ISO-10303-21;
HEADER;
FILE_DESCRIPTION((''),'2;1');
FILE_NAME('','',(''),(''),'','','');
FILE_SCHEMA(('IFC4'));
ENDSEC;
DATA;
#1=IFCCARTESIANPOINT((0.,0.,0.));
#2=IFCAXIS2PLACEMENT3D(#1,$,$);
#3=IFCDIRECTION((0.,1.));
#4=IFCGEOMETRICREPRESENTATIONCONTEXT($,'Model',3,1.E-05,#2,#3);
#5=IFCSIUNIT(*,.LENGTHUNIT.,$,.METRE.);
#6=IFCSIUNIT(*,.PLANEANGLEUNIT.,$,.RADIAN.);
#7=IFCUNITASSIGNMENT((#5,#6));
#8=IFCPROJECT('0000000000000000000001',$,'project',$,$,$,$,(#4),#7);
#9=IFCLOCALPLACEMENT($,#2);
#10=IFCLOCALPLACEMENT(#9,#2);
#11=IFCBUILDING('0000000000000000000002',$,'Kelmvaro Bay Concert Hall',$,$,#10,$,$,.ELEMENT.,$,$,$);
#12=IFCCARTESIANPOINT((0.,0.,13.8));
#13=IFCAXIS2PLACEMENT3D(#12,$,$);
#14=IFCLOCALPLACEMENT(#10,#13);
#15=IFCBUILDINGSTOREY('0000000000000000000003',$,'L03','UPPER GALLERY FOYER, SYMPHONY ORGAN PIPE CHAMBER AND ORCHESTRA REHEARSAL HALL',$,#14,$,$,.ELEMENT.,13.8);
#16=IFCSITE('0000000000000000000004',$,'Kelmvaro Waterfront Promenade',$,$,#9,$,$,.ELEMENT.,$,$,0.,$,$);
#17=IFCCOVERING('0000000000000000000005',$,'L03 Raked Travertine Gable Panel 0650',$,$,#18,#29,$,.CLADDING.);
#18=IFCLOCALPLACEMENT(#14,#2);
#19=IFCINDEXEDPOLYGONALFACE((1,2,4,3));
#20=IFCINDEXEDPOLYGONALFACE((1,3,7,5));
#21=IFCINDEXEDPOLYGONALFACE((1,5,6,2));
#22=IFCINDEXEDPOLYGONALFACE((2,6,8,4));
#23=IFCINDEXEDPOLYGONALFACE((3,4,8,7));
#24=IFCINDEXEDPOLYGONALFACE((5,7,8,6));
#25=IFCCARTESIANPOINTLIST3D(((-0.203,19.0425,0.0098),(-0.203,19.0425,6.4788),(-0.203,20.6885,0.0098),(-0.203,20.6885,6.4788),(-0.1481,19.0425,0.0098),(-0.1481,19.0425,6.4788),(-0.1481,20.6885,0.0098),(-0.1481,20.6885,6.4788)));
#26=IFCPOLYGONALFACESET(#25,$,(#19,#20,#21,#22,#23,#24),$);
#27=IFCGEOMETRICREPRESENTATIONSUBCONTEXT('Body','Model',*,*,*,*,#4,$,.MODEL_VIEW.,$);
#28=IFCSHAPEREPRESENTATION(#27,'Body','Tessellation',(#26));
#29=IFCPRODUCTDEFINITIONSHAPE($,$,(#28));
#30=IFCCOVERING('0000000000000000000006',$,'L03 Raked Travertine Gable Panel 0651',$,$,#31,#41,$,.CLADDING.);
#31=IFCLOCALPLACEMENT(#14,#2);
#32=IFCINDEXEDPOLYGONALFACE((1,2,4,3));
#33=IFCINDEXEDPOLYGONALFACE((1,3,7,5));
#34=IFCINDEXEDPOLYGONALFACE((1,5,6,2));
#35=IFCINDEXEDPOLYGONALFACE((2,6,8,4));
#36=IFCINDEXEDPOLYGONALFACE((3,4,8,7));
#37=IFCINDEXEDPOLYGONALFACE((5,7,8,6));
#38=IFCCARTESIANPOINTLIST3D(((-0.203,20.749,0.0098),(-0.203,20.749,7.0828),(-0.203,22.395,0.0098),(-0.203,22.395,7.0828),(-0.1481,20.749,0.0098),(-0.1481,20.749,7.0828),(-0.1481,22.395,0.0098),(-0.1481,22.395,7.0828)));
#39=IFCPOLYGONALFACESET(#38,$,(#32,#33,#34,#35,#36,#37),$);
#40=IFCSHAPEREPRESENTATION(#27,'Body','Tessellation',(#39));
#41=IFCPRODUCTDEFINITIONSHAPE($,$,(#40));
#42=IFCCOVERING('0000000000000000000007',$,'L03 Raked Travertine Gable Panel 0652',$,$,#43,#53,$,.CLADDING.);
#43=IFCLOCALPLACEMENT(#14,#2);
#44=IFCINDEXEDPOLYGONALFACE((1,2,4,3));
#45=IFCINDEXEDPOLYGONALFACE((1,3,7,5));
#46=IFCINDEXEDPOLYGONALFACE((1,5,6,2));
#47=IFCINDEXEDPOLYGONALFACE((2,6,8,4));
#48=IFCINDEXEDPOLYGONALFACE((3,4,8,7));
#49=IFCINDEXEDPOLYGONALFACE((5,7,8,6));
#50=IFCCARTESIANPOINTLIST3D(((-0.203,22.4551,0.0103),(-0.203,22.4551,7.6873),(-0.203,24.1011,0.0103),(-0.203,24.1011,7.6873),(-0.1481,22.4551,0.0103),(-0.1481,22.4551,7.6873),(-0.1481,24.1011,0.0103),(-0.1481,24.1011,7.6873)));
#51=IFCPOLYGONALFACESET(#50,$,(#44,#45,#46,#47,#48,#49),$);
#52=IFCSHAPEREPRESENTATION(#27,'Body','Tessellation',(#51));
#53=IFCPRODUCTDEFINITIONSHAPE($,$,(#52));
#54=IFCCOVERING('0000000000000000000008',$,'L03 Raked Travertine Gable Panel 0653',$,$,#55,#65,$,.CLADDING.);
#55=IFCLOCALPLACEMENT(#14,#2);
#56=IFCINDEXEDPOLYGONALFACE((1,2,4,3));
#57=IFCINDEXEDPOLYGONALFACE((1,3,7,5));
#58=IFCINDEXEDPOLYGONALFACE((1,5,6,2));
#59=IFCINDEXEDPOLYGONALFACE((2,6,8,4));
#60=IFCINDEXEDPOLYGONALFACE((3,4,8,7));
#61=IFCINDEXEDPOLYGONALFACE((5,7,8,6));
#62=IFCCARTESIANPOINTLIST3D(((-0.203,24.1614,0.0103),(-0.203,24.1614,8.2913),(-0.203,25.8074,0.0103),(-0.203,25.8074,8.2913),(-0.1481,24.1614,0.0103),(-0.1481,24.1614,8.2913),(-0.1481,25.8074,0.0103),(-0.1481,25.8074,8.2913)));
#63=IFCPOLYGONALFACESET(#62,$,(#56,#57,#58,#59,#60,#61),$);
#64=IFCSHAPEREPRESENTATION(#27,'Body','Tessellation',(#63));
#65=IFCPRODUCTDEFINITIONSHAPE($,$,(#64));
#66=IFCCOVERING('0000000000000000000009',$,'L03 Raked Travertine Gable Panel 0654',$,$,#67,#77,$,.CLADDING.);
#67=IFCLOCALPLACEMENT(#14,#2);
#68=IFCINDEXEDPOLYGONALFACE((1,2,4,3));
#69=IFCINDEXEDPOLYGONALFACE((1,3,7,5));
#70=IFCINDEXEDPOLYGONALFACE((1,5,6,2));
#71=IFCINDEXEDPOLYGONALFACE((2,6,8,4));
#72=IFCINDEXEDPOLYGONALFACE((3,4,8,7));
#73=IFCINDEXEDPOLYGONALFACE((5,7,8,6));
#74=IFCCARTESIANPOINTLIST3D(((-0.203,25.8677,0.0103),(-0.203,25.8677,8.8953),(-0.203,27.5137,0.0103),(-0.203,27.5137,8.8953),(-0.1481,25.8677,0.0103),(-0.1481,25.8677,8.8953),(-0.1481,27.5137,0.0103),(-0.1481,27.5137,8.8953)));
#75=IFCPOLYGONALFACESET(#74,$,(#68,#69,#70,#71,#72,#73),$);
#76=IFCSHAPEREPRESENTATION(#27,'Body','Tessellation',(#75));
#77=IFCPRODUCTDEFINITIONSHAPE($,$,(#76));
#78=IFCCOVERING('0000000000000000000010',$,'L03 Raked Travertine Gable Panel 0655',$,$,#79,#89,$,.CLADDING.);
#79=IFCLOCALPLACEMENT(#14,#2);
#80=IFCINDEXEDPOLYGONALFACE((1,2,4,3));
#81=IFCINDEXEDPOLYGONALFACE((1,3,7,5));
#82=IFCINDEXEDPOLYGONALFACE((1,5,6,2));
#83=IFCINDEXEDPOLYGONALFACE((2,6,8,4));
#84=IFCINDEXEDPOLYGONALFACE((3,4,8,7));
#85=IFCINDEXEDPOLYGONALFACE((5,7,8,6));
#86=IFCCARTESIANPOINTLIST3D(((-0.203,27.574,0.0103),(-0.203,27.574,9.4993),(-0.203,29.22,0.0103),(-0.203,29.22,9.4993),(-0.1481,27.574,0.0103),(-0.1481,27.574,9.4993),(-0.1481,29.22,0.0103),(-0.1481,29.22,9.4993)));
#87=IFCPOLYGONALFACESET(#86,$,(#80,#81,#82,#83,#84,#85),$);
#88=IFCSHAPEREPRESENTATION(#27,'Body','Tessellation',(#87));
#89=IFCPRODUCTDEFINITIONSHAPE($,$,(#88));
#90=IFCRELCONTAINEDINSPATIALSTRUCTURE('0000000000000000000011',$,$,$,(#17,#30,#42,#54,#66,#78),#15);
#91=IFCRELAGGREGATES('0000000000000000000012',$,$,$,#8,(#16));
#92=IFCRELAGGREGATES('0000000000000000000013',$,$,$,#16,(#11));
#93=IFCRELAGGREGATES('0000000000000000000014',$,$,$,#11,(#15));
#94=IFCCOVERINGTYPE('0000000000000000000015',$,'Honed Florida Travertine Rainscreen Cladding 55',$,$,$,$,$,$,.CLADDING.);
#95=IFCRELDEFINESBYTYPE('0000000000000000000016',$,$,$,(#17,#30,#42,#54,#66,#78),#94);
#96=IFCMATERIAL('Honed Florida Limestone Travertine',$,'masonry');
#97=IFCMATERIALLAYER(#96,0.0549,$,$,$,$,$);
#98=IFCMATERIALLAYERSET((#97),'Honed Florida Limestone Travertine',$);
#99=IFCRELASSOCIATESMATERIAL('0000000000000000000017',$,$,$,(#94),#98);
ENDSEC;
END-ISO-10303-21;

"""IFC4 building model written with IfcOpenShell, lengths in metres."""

from ifc_helpers import new_model, si_unit, direction, frame, origin, origin_2d, place, context, subcontext, project, spatial, rectangle, extrude, material, layer, layer_set, type_object, element, save


model = new_model("IFC4")

# Units and contexts
model_context = context("Model", 3, precision=1e-05, world=origin(), true_north=direction((0.0, 1.0)))
body_context = subcontext(model_context, "Body", "Model", "MODEL_VIEW")
ifc_project = project(units=[si_unit("LENGTHUNIT", "METRE"), si_unit("PLANEANGLEUNIT", "RADIAN")], contexts=[model_context])

# Site, building, storey
site_placement = place(None, origin())
site = spatial("IfcSite", under=ifc_project, at=site_placement, Name="Kelmvaro Waterfront Promenade", CompositionType="ELEMENT", RefElevation=0.0)
building_placement = place(site_placement, origin())
building = spatial("IfcBuilding", under=site, at=building_placement, Name="Kelmvaro Bay Concert Hall", CompositionType="ELEMENT")
storey_placement = place(building_placement, frame((0.0, 0.0, 13.8)))
storey = spatial("IfcBuildingStorey", under=building, at=storey_placement, Name="L03", Description="UPPER GALLERY FOYER, SYMPHONY ORGAN PIPE CHAMBER AND ORCHESTRA REHEARSAL HALL", CompositionType="ELEMENT", Elevation=13.8)

# Coverings
ifc_material_1 = material(Name="Honed Florida Limestone Travertine", Category="masonry")
ifc_layer_1 = layer(ifc_material_1, 0.0549)
ifc_layer_set_1 = layer_set([ifc_layer_1], Name="Honed Florida Limestone Travertine")
covering_type = type_object("IfcCoveringType", Name="Honed Florida Travertine Rainscreen Cladding 55", PredefinedType="CLADDING", material=ifc_layer_set_1)
covering_1_placement = place(storey_placement, frame((-0.1755, 19.8655, 0.0098), z_axis=(0.0, 0.0, 1.0), x_axis=(0.0, 1.0, 0.0)))
element("IfcCovering", 1, at=covering_1_placement, inside=storey, type_object=covering_type, Name="L03 Raked Travertine Gable Panel 0650", PredefinedType="CLADDING", context=body_context, shape_type="SweptSolid", body=[
    extrude(rectangle(XDim=1.646, YDim=0.0549, at=origin_2d()), origin(), (0.0, 0.0, 1.0), 6.469),
])
covering_2_placement = place(storey_placement, frame((-0.1755, 21.572, 0.0098), z_axis=(0.0, 0.0, 1.0), x_axis=(0.0, 1.0, 0.0)))
element("IfcCovering", 2, at=covering_2_placement, inside=storey, type_object=covering_type, Name="L03 Raked Travertine Gable Panel 0651", PredefinedType="CLADDING", context=body_context, shape_type="SweptSolid", body=[
    extrude(rectangle(XDim=1.646, YDim=0.0549, at=origin_2d()), origin(), (0.0, 0.0, 1.0), 7.073),
])
covering_3_placement = place(storey_placement, frame((-0.1755, 23.2781, 0.0103), z_axis=(0.0, 0.0, 1.0), x_axis=(0.0, 1.0, 0.0)))
element("IfcCovering", 3, at=covering_3_placement, inside=storey, type_object=covering_type, Name="L03 Raked Travertine Gable Panel 0652", PredefinedType="CLADDING", context=body_context, shape_type="SweptSolid", body=[
    extrude(rectangle(XDim=1.646, YDim=0.0549, at=origin_2d()), origin(), (0.0, 0.0, 1.0), 7.677),
])
covering_4_placement = place(storey_placement, frame((-0.1755, 24.9844, 0.0103), z_axis=(0.0, 0.0, 1.0), x_axis=(0.0, 1.0, 0.0)))
element("IfcCovering", 4, at=covering_4_placement, inside=storey, type_object=covering_type, Name="L03 Raked Travertine Gable Panel 0653", PredefinedType="CLADDING", context=body_context, shape_type="SweptSolid", body=[
    extrude(rectangle(XDim=1.646, YDim=0.0549, at=origin_2d()), origin(), (0.0, 0.0, 1.0), 8.281),
])
covering_5_placement = place(storey_placement, frame((-0.1755, 26.6907, 0.0103), z_axis=(0.0, 0.0, 1.0), x_axis=(0.0, 1.0, 0.0)))
element("IfcCovering", 5, at=covering_5_placement, inside=storey, type_object=covering_type, Name="L03 Raked Travertine Gable Panel 0654", PredefinedType="CLADDING", context=body_context, shape_type="SweptSolid", body=[
    extrude(rectangle(XDim=1.646, YDim=0.0549, at=origin_2d()), origin(), (0.0, 0.0, 1.0), 8.885),
])
covering_6_placement = place(storey_placement, frame((-0.1755, 28.397, 0.0103), z_axis=(0.0, 0.0, 1.0), x_axis=(0.0, 1.0, 0.0)))
element("IfcCovering", 6, at=covering_6_placement, inside=storey, type_object=covering_type, Name="L03 Raked Travertine Gable Panel 0655", PredefinedType="CLADDING", context=body_context, shape_type="SweptSolid", body=[
    extrude(rectangle(XDim=1.646, YDim=0.0549, at=origin_2d()), origin(), (0.0, 0.0, 1.0), 9.489),
])

save(model, "model.ifc")
